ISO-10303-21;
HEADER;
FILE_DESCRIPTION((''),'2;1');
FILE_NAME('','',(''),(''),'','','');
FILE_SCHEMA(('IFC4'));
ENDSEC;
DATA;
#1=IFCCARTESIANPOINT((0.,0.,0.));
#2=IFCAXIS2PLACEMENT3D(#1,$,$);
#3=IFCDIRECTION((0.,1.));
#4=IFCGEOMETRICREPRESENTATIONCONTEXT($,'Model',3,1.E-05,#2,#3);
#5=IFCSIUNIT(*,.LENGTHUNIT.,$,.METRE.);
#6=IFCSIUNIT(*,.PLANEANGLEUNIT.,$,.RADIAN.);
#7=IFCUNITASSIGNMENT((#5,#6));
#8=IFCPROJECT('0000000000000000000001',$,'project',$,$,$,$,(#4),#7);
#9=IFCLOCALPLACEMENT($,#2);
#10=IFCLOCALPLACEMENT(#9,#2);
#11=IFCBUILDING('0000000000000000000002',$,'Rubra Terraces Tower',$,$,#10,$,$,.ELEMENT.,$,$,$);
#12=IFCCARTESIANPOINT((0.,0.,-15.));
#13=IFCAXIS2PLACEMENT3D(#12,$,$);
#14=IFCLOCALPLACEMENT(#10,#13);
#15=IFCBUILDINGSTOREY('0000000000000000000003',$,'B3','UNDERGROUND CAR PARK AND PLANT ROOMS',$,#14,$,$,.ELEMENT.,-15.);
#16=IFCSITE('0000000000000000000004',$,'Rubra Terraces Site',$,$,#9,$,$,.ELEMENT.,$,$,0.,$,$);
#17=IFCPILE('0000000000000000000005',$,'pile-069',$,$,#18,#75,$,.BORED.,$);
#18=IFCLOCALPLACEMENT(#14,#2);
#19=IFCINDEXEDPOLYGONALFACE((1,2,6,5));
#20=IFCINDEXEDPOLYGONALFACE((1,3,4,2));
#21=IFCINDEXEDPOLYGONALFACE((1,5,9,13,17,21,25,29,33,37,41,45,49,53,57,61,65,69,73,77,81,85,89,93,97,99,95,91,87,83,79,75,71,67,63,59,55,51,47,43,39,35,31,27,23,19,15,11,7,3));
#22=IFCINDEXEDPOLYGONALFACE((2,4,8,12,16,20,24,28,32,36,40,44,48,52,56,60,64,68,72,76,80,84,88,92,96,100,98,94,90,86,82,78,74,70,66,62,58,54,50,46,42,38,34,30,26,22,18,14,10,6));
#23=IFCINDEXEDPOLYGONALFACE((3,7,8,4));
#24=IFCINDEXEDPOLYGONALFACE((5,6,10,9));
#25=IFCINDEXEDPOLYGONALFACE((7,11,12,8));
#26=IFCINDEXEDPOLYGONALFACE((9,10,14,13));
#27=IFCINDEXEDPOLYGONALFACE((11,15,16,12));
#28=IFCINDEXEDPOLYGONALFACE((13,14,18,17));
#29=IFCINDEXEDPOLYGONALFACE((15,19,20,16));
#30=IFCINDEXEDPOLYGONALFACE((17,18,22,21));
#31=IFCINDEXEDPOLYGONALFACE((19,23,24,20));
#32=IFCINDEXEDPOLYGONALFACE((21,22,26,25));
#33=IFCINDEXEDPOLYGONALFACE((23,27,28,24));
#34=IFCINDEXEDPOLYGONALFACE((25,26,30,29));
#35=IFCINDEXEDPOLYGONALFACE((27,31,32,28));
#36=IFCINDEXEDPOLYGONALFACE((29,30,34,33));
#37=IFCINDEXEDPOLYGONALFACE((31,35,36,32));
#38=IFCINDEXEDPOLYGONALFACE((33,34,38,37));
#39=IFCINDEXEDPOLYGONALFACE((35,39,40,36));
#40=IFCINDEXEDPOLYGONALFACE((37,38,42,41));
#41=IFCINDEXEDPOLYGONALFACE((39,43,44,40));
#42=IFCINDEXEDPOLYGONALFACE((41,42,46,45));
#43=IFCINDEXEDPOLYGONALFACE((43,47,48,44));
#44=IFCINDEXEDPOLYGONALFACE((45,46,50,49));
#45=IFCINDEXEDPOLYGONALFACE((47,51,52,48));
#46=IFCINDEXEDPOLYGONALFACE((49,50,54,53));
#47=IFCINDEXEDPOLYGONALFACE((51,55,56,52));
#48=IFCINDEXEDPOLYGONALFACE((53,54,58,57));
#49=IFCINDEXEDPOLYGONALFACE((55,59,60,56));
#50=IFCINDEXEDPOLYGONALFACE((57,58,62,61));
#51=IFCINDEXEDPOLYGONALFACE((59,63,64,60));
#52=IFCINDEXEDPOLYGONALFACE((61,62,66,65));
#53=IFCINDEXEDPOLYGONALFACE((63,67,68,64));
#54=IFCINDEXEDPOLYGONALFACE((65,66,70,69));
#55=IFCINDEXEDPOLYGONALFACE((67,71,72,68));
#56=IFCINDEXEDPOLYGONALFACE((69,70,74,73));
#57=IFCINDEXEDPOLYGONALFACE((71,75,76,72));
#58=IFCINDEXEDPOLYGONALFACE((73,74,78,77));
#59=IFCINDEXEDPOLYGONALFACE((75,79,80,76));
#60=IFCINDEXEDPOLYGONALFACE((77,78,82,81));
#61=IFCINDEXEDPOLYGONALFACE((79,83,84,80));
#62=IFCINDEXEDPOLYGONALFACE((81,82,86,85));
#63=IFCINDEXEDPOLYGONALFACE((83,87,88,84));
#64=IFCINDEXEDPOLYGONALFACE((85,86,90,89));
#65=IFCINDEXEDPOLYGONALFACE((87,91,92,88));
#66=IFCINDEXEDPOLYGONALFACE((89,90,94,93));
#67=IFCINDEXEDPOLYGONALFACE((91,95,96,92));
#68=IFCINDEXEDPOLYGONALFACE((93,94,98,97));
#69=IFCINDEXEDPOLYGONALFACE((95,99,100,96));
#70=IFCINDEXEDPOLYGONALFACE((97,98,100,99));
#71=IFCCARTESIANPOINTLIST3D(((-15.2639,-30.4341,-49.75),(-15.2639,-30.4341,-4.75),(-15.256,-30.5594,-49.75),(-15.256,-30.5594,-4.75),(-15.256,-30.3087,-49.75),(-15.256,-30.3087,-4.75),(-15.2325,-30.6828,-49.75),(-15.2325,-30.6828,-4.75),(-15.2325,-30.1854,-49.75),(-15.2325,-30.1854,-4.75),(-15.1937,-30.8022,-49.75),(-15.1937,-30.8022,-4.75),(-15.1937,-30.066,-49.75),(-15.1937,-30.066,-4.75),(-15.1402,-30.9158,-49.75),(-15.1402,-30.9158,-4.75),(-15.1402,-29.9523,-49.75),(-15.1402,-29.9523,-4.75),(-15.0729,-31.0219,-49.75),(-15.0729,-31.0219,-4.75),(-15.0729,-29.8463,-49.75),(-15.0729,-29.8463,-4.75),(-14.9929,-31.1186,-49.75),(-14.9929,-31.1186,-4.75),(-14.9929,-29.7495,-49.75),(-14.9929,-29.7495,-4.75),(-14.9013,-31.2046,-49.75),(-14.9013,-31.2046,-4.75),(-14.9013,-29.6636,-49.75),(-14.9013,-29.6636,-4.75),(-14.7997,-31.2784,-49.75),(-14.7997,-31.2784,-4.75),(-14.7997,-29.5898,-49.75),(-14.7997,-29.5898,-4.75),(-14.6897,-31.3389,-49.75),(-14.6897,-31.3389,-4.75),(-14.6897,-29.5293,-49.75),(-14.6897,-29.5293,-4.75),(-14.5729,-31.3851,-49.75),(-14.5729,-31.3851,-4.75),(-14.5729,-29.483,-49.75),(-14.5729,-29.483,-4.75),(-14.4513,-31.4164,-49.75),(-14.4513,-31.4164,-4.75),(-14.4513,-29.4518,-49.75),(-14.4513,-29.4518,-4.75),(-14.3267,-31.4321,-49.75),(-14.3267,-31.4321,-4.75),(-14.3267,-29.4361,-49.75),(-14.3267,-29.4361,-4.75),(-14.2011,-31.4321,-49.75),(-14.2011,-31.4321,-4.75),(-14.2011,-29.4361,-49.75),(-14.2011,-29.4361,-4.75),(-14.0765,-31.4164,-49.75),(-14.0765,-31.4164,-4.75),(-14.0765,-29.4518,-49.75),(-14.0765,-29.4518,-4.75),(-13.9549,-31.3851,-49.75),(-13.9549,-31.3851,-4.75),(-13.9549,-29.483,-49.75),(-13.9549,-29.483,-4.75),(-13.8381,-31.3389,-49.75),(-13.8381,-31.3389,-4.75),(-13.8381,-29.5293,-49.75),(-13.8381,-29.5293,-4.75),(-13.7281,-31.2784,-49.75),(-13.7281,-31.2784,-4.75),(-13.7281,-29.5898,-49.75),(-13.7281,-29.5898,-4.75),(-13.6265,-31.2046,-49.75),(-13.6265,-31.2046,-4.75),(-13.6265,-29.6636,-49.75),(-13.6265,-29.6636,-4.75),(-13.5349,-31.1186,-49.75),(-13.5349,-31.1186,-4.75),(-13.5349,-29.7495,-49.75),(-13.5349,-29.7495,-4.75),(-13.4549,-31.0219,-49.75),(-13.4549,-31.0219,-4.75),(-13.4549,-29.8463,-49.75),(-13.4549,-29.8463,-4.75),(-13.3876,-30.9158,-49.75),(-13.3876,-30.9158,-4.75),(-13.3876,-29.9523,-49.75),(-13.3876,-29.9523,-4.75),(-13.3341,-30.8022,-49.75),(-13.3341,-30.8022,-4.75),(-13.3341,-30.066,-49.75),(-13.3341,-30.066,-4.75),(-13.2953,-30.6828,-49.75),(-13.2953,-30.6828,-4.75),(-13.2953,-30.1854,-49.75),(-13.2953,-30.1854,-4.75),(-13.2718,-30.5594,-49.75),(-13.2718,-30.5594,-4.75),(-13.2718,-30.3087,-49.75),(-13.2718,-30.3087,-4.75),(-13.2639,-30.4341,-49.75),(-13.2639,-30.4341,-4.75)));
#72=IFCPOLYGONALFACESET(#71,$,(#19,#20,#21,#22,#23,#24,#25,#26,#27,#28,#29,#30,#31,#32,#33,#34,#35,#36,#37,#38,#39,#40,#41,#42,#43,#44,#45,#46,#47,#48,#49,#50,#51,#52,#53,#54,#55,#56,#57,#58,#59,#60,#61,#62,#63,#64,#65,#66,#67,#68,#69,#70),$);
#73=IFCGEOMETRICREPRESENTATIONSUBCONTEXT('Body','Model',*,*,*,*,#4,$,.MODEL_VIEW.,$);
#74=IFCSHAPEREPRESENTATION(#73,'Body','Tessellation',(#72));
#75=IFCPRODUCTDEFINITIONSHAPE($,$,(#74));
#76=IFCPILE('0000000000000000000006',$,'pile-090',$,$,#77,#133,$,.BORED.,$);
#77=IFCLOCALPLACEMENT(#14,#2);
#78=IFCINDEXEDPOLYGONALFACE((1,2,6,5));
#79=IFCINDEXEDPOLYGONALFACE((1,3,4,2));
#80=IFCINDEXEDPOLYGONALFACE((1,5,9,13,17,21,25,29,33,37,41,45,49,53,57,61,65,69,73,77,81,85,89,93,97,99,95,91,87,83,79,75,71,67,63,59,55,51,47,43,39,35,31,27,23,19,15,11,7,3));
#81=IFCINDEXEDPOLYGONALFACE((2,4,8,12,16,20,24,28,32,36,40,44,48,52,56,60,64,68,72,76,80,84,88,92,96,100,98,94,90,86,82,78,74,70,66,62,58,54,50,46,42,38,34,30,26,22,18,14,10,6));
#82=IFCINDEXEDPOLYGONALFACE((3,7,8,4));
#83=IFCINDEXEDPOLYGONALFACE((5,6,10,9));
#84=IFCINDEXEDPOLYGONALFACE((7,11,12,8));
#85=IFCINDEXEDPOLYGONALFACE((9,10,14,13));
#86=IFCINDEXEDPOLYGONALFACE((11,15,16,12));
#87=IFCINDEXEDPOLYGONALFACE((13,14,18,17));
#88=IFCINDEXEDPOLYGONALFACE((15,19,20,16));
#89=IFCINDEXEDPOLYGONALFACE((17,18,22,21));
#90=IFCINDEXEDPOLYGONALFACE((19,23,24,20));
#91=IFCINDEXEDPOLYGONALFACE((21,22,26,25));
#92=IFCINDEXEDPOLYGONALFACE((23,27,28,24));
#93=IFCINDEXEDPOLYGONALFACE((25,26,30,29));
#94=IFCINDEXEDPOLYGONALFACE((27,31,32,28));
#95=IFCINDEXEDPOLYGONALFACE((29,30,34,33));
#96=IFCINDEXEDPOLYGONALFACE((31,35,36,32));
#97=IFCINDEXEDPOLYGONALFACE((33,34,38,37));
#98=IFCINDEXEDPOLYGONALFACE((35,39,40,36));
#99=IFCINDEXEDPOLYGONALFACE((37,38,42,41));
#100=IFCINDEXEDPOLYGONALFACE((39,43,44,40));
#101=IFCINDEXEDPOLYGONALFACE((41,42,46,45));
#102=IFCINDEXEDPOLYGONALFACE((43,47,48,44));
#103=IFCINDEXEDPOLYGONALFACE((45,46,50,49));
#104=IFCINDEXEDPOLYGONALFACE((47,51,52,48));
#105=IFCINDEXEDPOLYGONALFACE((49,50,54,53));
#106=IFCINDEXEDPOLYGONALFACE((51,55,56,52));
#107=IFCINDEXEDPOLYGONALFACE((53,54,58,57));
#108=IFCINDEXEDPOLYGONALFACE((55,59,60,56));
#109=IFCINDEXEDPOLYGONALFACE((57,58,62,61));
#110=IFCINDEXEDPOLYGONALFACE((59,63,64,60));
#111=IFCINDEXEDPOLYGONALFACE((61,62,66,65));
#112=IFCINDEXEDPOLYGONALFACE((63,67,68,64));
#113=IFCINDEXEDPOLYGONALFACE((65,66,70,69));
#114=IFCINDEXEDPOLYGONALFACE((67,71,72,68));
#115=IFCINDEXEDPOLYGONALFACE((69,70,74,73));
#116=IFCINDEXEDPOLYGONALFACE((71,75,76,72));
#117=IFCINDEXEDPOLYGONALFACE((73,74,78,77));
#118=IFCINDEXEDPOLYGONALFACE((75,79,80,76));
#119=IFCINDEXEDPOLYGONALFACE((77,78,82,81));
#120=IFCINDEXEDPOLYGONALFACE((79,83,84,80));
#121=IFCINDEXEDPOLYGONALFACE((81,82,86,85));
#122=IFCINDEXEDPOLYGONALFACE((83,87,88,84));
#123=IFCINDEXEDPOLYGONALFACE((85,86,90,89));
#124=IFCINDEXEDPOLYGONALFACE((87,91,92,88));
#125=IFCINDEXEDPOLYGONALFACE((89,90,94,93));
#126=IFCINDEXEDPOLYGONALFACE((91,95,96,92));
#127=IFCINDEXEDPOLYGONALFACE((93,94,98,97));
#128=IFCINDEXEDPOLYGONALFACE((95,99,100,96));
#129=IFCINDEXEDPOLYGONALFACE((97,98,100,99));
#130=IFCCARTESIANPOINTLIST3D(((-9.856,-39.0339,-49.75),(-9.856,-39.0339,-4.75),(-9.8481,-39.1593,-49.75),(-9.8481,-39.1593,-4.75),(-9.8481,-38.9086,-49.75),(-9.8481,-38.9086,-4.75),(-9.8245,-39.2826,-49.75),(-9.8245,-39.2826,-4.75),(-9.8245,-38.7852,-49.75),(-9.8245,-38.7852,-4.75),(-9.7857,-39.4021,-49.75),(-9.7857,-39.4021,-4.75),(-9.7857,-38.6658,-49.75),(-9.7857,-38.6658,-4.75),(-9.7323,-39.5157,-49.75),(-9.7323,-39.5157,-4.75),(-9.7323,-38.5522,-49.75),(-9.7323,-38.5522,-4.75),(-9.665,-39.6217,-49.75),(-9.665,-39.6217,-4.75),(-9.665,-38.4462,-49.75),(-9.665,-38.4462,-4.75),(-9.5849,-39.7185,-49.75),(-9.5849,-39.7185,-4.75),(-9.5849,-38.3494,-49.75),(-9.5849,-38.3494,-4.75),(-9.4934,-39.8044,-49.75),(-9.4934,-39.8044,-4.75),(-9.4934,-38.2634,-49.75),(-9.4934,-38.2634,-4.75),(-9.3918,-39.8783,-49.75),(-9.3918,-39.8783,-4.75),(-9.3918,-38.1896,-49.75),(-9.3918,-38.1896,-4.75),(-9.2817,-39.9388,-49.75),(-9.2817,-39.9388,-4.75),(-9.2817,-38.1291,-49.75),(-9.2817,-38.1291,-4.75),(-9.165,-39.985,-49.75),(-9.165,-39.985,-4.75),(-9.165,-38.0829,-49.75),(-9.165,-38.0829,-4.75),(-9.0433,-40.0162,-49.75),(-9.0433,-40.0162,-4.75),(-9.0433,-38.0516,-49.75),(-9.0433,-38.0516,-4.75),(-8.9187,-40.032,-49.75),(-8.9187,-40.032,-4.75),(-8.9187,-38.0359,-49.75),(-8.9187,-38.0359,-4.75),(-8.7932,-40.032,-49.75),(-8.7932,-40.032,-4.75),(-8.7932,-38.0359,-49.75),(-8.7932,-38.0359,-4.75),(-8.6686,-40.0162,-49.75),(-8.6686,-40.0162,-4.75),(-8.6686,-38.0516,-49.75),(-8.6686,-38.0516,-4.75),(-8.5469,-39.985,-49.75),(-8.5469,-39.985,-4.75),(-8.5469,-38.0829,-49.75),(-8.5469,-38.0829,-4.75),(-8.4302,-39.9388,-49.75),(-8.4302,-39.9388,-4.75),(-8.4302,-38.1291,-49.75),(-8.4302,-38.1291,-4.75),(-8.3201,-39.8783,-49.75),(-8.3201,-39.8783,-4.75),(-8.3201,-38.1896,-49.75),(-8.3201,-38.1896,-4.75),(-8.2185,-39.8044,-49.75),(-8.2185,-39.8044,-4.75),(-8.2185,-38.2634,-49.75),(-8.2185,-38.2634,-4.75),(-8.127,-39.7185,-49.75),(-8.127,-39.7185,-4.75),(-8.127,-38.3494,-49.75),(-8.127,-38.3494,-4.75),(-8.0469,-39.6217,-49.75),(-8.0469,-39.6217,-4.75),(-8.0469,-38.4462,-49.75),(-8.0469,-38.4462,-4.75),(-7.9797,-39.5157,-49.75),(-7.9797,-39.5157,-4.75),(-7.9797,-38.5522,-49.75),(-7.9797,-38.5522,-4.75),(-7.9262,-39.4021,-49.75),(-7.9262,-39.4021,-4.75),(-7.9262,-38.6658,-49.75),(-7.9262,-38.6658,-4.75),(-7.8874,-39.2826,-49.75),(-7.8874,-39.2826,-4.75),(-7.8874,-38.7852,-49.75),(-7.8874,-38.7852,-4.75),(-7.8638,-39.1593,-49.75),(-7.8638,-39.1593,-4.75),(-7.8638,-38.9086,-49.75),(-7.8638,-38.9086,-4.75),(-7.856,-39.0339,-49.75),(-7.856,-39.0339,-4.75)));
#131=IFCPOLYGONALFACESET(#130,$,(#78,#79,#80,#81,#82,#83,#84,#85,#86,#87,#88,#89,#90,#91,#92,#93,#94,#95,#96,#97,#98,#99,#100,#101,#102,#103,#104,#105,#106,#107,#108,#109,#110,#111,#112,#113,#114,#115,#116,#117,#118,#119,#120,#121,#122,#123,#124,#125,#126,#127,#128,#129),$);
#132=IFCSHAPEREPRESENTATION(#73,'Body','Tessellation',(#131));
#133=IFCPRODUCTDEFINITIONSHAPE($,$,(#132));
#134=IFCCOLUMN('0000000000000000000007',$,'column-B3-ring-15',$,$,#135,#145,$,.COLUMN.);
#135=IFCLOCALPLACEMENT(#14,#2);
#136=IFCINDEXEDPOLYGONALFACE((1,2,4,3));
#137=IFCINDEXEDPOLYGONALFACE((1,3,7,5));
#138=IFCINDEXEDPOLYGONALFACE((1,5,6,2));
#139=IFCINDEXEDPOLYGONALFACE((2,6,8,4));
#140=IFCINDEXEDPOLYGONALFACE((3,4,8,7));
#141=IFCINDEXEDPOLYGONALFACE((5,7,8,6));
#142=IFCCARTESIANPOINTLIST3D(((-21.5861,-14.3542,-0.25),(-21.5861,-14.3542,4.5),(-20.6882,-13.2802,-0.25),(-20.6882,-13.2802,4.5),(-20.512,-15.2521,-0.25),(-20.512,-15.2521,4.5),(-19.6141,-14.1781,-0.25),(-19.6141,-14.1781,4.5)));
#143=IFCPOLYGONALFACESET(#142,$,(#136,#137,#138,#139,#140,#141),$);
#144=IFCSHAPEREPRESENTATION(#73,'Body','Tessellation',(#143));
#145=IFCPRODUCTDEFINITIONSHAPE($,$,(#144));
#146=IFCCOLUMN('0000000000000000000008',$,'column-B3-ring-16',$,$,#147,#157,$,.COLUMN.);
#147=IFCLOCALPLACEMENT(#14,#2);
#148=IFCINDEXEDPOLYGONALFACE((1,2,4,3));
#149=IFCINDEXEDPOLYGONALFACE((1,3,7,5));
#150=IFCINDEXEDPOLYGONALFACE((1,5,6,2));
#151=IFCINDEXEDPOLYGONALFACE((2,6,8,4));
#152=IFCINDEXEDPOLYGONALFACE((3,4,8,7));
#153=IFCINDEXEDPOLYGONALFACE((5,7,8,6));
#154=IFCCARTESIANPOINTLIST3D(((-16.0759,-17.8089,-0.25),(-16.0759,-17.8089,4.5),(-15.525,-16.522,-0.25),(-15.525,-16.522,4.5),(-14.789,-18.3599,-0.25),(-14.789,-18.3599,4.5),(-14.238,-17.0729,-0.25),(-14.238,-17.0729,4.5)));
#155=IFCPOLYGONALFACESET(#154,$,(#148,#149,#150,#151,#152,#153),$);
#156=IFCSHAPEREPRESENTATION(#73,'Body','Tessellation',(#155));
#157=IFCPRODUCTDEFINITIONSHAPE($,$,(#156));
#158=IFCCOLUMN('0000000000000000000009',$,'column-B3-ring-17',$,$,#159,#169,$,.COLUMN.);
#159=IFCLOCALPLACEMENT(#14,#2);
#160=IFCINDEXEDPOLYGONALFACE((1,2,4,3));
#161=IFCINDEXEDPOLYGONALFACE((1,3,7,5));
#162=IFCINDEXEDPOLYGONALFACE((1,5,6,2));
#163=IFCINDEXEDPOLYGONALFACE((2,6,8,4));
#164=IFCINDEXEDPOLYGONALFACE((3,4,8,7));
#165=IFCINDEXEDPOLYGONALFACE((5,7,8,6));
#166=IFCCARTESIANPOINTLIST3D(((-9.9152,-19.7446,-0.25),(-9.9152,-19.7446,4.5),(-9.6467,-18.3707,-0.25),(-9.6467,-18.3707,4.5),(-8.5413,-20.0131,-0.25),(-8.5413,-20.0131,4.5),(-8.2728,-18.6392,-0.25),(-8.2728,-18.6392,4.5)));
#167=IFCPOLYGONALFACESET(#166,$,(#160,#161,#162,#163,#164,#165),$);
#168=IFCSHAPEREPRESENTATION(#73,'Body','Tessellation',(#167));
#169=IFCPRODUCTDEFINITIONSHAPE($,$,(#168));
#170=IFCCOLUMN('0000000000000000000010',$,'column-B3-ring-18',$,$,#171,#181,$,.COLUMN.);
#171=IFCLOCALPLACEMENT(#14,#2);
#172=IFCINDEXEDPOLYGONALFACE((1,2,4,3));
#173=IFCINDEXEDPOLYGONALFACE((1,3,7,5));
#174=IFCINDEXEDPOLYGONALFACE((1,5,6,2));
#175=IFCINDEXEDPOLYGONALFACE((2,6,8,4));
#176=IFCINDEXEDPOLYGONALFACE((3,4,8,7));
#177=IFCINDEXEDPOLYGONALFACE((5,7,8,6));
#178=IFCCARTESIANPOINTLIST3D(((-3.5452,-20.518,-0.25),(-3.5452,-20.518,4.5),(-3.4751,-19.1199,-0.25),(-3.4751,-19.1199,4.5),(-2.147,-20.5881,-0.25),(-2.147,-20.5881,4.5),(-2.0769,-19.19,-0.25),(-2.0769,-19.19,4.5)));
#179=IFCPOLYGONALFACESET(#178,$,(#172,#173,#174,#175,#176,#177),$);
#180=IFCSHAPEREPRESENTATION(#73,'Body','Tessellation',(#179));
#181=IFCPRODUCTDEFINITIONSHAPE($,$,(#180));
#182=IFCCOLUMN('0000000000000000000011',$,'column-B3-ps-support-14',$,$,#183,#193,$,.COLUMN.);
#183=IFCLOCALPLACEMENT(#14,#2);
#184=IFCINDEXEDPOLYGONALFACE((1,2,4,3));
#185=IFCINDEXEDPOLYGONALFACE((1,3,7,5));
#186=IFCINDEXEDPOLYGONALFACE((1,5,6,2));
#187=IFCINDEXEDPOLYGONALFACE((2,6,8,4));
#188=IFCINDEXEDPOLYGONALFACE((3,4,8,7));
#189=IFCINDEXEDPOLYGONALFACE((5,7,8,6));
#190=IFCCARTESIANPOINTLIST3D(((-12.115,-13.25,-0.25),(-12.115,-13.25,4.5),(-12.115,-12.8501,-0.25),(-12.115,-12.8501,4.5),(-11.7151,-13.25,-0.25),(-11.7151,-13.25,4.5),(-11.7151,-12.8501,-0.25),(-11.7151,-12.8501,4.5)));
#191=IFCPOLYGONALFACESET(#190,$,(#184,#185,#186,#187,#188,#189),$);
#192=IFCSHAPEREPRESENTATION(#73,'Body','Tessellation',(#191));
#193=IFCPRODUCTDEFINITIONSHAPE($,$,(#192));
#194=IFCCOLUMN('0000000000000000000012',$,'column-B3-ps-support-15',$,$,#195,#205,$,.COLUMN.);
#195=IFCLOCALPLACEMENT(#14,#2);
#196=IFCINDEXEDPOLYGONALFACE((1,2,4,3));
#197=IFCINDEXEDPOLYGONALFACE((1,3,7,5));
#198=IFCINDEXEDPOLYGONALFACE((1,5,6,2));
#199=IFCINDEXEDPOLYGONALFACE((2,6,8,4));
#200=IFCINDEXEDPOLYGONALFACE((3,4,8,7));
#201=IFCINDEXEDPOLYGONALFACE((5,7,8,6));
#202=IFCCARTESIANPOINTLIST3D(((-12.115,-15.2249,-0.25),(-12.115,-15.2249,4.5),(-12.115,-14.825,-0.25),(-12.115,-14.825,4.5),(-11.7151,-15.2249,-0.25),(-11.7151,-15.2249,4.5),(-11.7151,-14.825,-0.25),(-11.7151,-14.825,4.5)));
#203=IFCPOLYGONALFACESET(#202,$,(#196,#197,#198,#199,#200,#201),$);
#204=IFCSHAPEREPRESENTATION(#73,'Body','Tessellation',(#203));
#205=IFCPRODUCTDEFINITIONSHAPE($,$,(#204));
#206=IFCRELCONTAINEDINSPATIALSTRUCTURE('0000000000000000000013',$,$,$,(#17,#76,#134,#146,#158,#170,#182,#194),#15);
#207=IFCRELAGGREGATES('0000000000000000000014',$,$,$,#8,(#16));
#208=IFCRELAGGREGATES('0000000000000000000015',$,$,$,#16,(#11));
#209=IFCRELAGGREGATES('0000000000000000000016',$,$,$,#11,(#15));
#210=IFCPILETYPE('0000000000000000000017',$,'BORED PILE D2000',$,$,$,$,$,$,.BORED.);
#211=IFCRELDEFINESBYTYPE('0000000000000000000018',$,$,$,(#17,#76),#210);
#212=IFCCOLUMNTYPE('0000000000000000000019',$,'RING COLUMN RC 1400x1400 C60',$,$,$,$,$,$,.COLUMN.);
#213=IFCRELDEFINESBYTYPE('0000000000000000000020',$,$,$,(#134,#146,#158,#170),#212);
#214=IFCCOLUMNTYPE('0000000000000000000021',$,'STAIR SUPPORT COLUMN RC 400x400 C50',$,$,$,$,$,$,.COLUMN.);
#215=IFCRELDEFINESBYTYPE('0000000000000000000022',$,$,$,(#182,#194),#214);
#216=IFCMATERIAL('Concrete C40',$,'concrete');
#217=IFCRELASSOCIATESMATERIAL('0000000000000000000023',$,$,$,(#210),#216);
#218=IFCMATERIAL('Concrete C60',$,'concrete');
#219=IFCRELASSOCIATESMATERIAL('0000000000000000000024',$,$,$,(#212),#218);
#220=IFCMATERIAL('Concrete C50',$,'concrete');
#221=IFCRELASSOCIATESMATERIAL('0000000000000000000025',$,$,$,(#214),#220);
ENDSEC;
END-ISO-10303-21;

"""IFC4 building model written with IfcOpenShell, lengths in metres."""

from ifc_helpers import new_model, si_unit, direction, frame, origin, origin_2d, place, context, subcontext, project, spatial, rectangle, circle, extrude, material, material_profile, profile_set, type_object, element, save


model = new_model("IFC4")

# Units and contexts
model_context = context("Model", 3, precision=1e-05, world=origin(), true_north=direction((0.0, 1.0)))
body_context = subcontext(model_context, "Body", "Model", "MODEL_VIEW")
ifc_project = project(units=[si_unit("LENGTHUNIT", "METRE"), si_unit("PLANEANGLEUNIT", "RADIAN")], contexts=[model_context])

# Site, building, storey
site_placement = place(None, origin())
site = spatial("IfcSite", under=ifc_project, at=site_placement, Name="Rubra Terraces Site", CompositionType="ELEMENT", RefElevation=0.0)
building_placement = place(site_placement, origin())
building = spatial("IfcBuilding", under=site, at=building_placement, Name="Rubra Terraces Tower", CompositionType="ELEMENT")
storey_placement = place(building_placement, frame((0.0, 0.0, -15.0)))
storey = spatial("IfcBuildingStorey", under=building, at=storey_placement, Name="B3", Description="UNDERGROUND CAR PARK AND PLANT ROOMS", CompositionType="ELEMENT", Elevation=-15.0)

# Piles
ifc_material_1 = material(Name="Concrete C40", Category="concrete")
ifc_material_profile_1 = material_profile(ifc_material_1, circle(Radius=1.0, at=origin_2d()), Name="BORED PILE D2000")
ifc_profile_set_1 = profile_set([ifc_material_profile_1], Name="Concrete C40")
pile_type = type_object("IfcPileType", Name="BORED PILE D2000", PredefinedType="BORED", material=ifc_profile_set_1)
for number, where, z_axis, x_axis, name in (
    (1, (-14.2639, -30.4341, -4.75), (0.0, 0.0, -1.0), (1.0, 0.0, 0.0), "pile-069"),
    (2, (-8.856, -39.0339, -4.75), (0.0, 0.0, -1.0), (1.0, 0.0, 0.0), "pile-090"),
):
    element("IfcPile", number, at=place(storey_placement, frame(where, z_axis=z_axis, x_axis=x_axis)), inside=storey, type_object=pile_type, Name=name, PredefinedType="BORED", context=body_context, shape_type="SweptSolid", body=[
        extrude(circle(Radius=1.0, at=origin_2d()), origin(), (0.0, 0.0, 1.0), 45.0),
    ])

# Columns
ifc_material_2 = material(Name="Concrete C60", Category="concrete")
ifc_material_profile_2 = material_profile(ifc_material_2, rectangle(XDim=1.3999, YDim=1.3999, at=origin_2d()), Name="RC 1400x1400")
ifc_profile_set_2 = profile_set([ifc_material_profile_2], Name="Concrete C60")
column_type_1 = type_object("IfcColumnType", Name="RING COLUMN RC 1400x1400 C60", PredefinedType="COLUMN", material=ifc_profile_set_2)
for number, where, z_axis, x_axis, name in (
    (3, (-20.6001, -14.2661, -0.25), (0.0, 0.0, 1.0), (0.76721, -0.641397, 0.0), "column-B3-ring-15"),
    (4, (-15.157, -17.4409, -0.25), (0.0, 0.0, 1.0), (0.919294, -0.393572, 0.0), "column-B3-ring-16"),
    (5, (-9.094, -19.1919, -0.25), (0.0, 0.0, 1.0), (0.98143, -0.191819, 0.0), "column-B3-ring-17"),
    (6, (-2.811, -19.854, -0.25), (0.0, 0.0, 1.0), (0.998745, -0.050084, 0.0), "column-B3-ring-18"),
):
    element("IfcColumn", number, at=place(storey_placement, frame(where, z_axis=z_axis, x_axis=x_axis)), inside=storey, type_object=column_type_1, Name=name, PredefinedType="COLUMN", context=body_context, shape_type="SweptSolid", body=[
        extrude(rectangle(XDim=1.3999, YDim=1.3999, at=origin_2d()), origin(), (0.0, 0.0, 1.0), 4.75),
    ])
ifc_material_3 = material(Name="Concrete C50", Category="concrete")
ifc_material_profile_3 = material_profile(ifc_material_3, rectangle(XDim=0.3999, YDim=0.3999, at=origin_2d()), Name="RC 400x400")
ifc_profile_set_3 = profile_set([ifc_material_profile_3], Name="Concrete C50")
column_type_2 = type_object("IfcColumnType", Name="STAIR SUPPORT COLUMN RC 400x400 C50", PredefinedType="COLUMN", material=ifc_profile_set_3)
for number, where, z_axis, x_axis, name in (
    (7, (-11.915, -13.05, -0.25), (0.0, 0.0, 1.0), (1.0, 0.0, 0.0), "column-B3-ps-support-14"),
    (8, (-11.915, -15.0249, -0.25), (0.0, 0.0, 1.0), (1.0, 0.0, 0.0), "column-B3-ps-support-15"),
):
    element("IfcColumn", number, at=place(storey_placement, frame(where, z_axis=z_axis, x_axis=x_axis)), inside=storey, type_object=column_type_2, Name=name, PredefinedType="COLUMN", context=body_context, shape_type="SweptSolid", body=[
        extrude(rectangle(XDim=0.3999, YDim=0.3999, at=origin_2d()), origin(), (0.0, 0.0, 1.0), 4.75),
    ])

save(model, "model.ifc")
